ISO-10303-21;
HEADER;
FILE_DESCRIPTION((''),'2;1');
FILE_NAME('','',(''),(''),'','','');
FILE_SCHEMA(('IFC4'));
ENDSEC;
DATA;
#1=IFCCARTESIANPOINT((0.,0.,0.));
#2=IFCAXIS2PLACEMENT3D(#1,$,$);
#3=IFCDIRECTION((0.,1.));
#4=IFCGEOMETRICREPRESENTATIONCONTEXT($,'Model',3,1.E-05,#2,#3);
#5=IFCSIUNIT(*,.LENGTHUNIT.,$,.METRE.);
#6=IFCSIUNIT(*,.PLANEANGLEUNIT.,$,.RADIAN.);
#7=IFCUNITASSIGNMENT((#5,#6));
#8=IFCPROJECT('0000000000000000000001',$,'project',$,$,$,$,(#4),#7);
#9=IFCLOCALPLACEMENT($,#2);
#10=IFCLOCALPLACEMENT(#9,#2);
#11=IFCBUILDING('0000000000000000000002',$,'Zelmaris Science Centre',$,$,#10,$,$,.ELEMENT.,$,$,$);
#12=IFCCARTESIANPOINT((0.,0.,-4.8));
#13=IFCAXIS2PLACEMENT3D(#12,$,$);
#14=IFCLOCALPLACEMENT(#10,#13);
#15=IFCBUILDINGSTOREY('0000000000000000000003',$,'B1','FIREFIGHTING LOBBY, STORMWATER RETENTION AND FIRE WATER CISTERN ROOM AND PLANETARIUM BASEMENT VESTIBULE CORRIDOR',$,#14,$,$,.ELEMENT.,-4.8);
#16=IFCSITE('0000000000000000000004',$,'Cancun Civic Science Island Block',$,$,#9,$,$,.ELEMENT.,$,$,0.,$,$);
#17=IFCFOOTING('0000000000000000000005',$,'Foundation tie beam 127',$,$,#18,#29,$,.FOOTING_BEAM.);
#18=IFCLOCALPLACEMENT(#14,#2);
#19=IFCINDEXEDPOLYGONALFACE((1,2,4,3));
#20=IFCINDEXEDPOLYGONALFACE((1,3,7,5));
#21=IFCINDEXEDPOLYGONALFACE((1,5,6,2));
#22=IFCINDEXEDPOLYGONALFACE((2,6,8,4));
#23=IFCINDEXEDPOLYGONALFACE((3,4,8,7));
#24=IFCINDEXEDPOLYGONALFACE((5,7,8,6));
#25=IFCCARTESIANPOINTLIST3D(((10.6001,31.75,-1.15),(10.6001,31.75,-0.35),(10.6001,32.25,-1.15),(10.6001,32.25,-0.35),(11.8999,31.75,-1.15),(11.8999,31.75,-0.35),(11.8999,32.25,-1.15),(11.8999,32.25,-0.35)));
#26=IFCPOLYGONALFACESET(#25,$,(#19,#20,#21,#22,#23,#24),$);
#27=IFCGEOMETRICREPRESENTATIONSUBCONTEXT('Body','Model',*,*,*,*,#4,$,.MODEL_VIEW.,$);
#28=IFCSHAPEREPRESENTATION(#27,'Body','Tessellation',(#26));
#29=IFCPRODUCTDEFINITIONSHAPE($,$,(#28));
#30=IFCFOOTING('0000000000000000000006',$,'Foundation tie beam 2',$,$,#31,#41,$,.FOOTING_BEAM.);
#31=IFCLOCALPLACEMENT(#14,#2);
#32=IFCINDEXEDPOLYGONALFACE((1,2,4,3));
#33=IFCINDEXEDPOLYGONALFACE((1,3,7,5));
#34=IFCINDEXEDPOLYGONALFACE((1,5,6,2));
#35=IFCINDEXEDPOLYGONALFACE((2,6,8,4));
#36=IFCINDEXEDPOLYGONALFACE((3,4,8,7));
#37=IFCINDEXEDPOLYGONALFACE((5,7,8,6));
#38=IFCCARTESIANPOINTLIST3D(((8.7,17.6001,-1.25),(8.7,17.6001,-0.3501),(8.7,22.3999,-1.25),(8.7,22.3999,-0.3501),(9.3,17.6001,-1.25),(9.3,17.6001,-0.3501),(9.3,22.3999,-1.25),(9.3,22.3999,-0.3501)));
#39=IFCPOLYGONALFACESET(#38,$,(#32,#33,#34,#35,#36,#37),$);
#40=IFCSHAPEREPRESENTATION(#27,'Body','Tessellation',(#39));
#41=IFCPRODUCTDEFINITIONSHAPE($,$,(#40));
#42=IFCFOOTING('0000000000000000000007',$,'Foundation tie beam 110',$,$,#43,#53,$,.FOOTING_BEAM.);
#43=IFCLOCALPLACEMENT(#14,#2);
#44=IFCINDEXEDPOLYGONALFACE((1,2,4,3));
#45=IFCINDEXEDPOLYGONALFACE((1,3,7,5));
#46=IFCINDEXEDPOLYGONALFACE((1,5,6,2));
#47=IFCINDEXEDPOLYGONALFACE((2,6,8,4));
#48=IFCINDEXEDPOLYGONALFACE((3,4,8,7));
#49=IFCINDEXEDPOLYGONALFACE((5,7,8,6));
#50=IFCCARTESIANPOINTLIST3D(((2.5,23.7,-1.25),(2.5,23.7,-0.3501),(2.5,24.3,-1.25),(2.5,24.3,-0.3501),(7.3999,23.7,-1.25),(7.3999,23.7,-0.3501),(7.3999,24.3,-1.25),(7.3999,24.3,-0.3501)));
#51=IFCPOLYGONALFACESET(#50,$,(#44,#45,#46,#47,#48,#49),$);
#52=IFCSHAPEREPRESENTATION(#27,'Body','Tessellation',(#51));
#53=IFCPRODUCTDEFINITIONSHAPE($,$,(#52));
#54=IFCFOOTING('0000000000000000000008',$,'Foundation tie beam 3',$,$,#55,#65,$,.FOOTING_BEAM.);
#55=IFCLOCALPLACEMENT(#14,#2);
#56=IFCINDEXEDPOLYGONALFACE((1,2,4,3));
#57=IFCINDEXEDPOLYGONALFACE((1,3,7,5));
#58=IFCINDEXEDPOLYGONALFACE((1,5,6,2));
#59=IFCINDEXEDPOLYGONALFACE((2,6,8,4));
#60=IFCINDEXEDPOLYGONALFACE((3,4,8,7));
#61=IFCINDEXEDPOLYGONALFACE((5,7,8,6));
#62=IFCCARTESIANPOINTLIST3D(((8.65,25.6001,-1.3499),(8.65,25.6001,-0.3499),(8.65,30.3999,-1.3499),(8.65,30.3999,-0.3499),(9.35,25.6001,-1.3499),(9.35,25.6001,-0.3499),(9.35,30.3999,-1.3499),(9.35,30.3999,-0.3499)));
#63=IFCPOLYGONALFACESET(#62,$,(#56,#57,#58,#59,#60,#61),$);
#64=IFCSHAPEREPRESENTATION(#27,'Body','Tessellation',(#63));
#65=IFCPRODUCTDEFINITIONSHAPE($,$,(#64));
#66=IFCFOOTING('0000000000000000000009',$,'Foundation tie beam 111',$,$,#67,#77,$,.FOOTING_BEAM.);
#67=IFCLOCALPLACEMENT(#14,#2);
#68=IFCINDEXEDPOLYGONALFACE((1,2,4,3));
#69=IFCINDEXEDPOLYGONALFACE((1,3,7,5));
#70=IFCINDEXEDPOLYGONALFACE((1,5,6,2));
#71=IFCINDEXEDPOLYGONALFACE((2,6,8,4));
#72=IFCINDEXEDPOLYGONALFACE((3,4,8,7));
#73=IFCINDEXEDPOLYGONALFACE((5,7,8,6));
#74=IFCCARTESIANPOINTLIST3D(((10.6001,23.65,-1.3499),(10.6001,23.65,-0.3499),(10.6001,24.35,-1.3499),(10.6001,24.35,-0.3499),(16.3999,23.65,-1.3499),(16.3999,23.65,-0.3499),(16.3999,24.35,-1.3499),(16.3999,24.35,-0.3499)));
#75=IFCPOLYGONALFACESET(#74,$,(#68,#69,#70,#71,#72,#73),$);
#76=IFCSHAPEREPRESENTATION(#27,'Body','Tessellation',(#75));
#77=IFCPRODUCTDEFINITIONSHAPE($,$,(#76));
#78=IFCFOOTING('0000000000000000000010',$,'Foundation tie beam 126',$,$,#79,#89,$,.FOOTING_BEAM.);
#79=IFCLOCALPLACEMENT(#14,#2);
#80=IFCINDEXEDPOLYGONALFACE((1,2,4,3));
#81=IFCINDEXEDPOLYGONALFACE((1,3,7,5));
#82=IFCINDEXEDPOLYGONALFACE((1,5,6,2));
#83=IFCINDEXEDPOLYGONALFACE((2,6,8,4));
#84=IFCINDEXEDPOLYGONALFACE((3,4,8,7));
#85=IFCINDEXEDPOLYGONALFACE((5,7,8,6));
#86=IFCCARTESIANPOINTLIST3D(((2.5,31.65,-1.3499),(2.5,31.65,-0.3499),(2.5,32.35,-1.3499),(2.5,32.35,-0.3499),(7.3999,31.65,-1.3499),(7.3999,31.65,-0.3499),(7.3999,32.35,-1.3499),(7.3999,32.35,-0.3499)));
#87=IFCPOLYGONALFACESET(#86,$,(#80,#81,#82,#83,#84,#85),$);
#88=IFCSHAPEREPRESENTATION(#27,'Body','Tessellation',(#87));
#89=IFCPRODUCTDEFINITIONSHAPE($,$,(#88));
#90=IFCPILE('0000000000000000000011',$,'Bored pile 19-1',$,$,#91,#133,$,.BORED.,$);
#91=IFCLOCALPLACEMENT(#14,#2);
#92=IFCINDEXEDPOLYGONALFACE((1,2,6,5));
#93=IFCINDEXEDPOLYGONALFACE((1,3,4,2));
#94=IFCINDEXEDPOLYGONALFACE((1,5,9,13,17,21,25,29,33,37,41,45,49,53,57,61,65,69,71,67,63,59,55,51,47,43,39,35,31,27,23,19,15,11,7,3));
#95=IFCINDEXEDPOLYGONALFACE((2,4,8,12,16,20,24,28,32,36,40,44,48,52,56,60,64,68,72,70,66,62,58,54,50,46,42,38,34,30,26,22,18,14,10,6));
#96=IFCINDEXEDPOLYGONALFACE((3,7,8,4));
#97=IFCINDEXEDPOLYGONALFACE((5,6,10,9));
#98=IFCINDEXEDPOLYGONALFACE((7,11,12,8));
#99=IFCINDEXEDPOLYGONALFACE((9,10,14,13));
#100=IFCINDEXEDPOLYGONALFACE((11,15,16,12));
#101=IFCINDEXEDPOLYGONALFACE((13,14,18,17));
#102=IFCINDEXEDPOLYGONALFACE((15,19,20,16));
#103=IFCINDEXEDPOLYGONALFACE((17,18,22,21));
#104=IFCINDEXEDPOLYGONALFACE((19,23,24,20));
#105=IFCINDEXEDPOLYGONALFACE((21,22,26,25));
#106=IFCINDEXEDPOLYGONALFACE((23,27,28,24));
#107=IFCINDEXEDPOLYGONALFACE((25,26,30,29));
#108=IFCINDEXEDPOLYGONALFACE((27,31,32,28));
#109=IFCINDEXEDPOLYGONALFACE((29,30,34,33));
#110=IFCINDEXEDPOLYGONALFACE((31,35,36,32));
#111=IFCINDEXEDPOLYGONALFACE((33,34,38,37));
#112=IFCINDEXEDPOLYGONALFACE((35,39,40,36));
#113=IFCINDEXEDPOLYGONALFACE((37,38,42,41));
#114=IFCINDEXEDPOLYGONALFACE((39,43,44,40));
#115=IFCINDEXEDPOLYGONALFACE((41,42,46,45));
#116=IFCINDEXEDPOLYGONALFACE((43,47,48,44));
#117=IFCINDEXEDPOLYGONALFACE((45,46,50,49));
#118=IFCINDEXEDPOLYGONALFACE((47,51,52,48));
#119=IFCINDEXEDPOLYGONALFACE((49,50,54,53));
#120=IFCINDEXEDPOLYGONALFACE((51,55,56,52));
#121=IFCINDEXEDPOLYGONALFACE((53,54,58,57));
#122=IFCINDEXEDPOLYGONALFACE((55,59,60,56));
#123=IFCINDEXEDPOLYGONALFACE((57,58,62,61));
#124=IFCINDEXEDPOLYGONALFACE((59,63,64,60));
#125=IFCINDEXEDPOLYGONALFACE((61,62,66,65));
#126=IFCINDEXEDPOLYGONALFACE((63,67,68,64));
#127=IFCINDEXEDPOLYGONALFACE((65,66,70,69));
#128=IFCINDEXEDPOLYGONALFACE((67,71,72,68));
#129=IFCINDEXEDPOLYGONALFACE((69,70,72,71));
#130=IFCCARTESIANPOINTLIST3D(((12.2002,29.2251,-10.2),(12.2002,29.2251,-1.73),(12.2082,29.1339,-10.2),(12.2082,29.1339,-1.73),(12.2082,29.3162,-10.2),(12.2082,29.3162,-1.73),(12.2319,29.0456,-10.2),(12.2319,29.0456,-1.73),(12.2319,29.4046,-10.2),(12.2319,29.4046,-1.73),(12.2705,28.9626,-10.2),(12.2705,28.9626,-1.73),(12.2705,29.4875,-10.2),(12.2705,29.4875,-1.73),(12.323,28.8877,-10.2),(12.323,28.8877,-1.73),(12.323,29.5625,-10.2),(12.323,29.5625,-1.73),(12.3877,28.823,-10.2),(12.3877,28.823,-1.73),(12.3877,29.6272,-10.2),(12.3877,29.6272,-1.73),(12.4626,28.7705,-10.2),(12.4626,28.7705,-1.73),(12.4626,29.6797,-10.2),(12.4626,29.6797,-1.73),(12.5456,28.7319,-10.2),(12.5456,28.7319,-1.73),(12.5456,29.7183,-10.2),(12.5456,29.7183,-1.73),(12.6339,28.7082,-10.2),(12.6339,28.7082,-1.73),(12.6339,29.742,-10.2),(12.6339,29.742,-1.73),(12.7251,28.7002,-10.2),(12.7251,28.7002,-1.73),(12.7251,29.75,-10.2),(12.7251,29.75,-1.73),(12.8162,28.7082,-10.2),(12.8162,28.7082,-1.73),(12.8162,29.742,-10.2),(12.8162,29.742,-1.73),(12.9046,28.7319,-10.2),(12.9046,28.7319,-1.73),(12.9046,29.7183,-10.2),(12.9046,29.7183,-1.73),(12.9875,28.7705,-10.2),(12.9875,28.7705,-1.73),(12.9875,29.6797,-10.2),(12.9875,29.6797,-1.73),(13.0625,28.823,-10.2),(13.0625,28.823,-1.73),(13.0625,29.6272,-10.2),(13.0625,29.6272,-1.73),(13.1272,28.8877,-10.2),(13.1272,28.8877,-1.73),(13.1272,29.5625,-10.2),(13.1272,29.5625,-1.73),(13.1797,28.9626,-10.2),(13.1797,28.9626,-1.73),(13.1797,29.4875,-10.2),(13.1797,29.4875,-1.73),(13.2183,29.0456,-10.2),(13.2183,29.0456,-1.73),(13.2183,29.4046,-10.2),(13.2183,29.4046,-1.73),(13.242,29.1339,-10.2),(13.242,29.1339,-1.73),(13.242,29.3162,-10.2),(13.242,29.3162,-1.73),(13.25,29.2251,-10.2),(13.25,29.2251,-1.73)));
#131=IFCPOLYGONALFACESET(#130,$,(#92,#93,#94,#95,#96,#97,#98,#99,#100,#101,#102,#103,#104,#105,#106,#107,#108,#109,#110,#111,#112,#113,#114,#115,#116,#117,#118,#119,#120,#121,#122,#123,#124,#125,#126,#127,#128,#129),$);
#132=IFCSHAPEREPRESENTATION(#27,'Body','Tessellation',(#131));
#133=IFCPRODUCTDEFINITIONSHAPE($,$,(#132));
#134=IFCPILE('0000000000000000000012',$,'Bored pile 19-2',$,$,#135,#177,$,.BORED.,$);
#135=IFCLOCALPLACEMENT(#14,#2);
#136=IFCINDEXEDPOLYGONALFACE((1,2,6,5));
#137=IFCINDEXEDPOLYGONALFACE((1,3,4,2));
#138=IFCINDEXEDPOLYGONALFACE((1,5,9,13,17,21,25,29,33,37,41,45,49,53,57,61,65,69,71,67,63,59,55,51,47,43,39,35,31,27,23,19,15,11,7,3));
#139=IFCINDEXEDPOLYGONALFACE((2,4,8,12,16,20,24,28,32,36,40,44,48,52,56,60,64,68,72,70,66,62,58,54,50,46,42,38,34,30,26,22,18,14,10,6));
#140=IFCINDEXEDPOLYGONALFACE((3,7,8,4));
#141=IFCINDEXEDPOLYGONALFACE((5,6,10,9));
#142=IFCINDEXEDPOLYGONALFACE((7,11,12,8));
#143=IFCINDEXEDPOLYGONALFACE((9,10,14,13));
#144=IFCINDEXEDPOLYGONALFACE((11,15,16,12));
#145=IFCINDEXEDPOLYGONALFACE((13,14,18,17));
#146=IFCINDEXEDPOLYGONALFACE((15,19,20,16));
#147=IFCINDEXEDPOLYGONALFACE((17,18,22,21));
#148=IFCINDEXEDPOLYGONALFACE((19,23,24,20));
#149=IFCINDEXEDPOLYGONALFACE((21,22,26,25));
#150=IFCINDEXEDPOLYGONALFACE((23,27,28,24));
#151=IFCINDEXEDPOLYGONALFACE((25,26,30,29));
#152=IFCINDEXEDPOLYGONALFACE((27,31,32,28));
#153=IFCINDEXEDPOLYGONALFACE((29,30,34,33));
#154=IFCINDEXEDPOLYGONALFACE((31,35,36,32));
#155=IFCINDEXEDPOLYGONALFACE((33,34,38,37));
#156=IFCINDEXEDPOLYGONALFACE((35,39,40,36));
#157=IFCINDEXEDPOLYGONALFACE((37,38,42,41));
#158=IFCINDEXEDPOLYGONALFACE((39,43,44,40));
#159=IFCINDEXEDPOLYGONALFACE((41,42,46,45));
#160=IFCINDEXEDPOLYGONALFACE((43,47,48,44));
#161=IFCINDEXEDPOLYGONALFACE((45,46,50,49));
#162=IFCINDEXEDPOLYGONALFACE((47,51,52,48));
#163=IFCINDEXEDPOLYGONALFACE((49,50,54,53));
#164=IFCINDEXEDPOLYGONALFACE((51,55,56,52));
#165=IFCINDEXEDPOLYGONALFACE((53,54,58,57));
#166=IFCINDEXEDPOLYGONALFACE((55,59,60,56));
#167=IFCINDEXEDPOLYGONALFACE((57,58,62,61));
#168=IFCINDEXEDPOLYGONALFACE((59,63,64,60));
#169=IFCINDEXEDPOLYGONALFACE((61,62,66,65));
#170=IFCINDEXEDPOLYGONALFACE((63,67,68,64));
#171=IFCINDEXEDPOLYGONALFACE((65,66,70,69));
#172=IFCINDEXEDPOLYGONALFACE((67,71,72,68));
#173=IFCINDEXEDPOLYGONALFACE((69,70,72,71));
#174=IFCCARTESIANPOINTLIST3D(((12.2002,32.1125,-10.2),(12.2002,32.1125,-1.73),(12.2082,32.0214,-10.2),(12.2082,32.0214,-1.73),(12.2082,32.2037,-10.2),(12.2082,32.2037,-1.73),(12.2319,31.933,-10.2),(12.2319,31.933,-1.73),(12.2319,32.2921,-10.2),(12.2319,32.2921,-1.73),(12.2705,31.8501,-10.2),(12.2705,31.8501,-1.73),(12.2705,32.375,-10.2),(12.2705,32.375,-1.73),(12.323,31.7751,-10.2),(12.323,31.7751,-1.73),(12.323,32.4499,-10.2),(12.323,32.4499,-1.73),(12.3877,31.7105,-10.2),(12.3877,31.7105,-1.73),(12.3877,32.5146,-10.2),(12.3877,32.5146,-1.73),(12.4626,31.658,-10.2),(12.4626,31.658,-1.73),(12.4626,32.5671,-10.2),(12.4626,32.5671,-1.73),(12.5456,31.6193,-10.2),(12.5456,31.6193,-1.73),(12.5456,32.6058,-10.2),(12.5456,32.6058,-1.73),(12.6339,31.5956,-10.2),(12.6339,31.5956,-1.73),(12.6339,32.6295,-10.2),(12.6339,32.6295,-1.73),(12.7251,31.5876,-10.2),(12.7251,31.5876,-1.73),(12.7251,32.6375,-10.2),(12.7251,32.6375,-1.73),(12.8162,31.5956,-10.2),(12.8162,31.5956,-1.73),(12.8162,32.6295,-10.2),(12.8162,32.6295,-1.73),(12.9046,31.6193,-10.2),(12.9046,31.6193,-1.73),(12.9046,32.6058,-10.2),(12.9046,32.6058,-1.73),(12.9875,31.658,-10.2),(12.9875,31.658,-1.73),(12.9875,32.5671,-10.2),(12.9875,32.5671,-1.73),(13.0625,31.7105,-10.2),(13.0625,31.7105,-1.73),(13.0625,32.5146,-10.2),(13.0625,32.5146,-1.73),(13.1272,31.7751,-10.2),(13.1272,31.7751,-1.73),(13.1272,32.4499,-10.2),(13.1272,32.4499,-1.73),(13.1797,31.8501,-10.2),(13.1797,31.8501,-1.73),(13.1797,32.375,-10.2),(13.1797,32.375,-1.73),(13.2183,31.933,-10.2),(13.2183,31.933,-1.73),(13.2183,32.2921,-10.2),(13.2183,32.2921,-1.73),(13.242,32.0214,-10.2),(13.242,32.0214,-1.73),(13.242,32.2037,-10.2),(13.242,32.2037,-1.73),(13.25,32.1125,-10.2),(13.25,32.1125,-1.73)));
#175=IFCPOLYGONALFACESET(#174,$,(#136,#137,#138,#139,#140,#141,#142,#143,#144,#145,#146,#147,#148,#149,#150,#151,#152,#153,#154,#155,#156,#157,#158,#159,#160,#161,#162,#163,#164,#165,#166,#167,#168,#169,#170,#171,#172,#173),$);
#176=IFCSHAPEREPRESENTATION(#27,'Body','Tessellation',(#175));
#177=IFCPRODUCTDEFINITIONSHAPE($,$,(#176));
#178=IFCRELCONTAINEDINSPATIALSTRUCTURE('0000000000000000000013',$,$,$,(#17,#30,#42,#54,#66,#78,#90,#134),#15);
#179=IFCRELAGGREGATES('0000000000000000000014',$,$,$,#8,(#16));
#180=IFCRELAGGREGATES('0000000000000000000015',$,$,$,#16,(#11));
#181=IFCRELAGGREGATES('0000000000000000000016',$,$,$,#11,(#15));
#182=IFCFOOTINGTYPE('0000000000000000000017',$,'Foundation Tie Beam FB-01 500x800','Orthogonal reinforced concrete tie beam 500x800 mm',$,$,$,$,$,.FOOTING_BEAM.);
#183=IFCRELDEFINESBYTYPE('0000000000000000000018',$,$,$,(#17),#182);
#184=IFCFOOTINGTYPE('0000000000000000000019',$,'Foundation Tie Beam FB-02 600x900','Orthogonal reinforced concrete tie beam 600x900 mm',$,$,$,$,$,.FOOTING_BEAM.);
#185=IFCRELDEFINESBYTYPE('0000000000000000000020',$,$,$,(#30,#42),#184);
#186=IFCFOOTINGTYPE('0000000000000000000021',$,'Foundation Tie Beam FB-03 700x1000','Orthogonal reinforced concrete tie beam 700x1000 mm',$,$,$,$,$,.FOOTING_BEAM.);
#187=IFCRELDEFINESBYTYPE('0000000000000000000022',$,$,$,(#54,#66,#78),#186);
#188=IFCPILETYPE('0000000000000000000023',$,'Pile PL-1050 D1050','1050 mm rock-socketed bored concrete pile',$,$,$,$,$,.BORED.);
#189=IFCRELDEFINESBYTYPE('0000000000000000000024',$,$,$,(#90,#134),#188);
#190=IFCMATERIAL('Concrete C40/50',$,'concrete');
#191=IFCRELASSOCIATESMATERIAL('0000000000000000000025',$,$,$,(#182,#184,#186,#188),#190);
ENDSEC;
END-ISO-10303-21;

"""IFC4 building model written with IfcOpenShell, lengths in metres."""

from ifc_helpers import new_model, si_unit, direction, frame, origin, origin_2d, place, context, subcontext, project, spatial, rectangle, circle, extrude, material, material_profile, profile_set, type_object, element, save


model = new_model("IFC4")

# Units and contexts
model_context = context("Model", 3, precision=1e-05, world=origin(), true_north=direction((0.0, 1.0)))
body_context = subcontext(model_context, "Body", "Model", "MODEL_VIEW")
ifc_project = project(units=[si_unit("LENGTHUNIT", "METRE"), si_unit("PLANEANGLEUNIT", "RADIAN")], contexts=[model_context])

# Site, building, storey
site_placement = place(None, origin())
site = spatial("IfcSite", under=ifc_project, at=site_placement, Name="Cancun Civic Science Island Block", CompositionType="ELEMENT", RefElevation=0.0)
building_placement = place(site_placement, origin())
building = spatial("IfcBuilding", under=site, at=building_placement, Name="Zelmaris Science Centre", CompositionType="ELEMENT")
storey_placement = place(building_placement, frame((0.0, 0.0, -4.8)))
storey = spatial("IfcBuildingStorey", under=building, at=storey_placement, Name="B1", Description="FIREFIGHTING LOBBY, STORMWATER RETENTION AND FIRE WATER CISTERN ROOM AND PLANETARIUM BASEMENT VESTIBULE CORRIDOR", CompositionType="ELEMENT", Elevation=-4.8)

# Footings
ifc_material_1 = material(Name="Concrete C40/50", Category="concrete")
ifc_material_profile_1 = material_profile(ifc_material_1, rectangle(XDim=0.5, YDim=0.8, at=origin_2d()), Name="FB-500X800")
ifc_profile_set_1 = profile_set([ifc_material_profile_1], Name="Concrete C40/50")
footing_type_1 = type_object("IfcFootingType", Name="Foundation Tie Beam FB-01 500x800", Description="Orthogonal reinforced concrete tie beam 500x800 mm", PredefinedType="FOOTING_BEAM", material=ifc_profile_set_1)
footing_1_placement = place(storey_placement, frame((10.6001, 32.0, -0.75), z_axis=(1.0, 0.0, 0.0), x_axis=(0.0, 1.0, 0.0)))
element("IfcFooting", 1, at=footing_1_placement, inside=storey, type_object=footing_type_1, Name="Foundation tie beam 127", PredefinedType="FOOTING_BEAM", context=body_context, shape_type="SweptSolid", body=[
    extrude(rectangle(XDim=0.5, YDim=0.8, at=origin_2d()), origin(), (0.0, 0.0, 1.0), 1.2998),
])
ifc_material_profile_2 = material_profile(ifc_material_1, rectangle(XDim=0.6001, YDim=0.8999, at=origin_2d()), Name="FB-600X900")
ifc_profile_set_2 = profile_set([ifc_material_profile_2], Name="Concrete C40/50")
footing_type_2 = type_object("IfcFootingType", Name="Foundation Tie Beam FB-02 600x900", Description="Orthogonal reinforced concrete tie beam 600x900 mm", PredefinedType="FOOTING_BEAM", material=ifc_profile_set_2)
footing_2_placement = place(storey_placement, frame((9.0, 17.6001, -0.8), z_axis=(0.0, 1.0, 0.0), x_axis=(-1.0, 0.0, 0.0)))
element("IfcFooting", 2, at=footing_2_placement, inside=storey, type_object=footing_type_2, Name="Foundation tie beam 2", PredefinedType="FOOTING_BEAM", context=body_context, shape_type="SweptSolid", body=[
    extrude(rectangle(XDim=0.6001, YDim=0.8999, at=origin_2d()), origin(), (0.0, 0.0, 1.0), 4.7998),
])
footing_3_placement = place(storey_placement, frame((2.5, 24.0, -0.8), z_axis=(1.0, 0.0, 0.0), x_axis=(0.0, 1.0, 0.0)))
element("IfcFooting", 3, at=footing_3_placement, inside=storey, type_object=footing_type_2, Name="Foundation tie beam 110", PredefinedType="FOOTING_BEAM", context=body_context, shape_type="SweptSolid", body=[
    extrude(rectangle(XDim=0.6001, YDim=0.8999, at=origin_2d()), origin(), (0.0, 0.0, 1.0), 4.8999),
])
ifc_material_profile_3 = material_profile(ifc_material_1, rectangle(XDim=0.7, YDim=1.0, at=origin_2d()), Name="FB-700X1000")
ifc_profile_set_3 = profile_set([ifc_material_profile_3], Name="Concrete C40/50")
footing_type_3 = type_object("IfcFootingType", Name="Foundation Tie Beam FB-03 700x1000", Description="Orthogonal reinforced concrete tie beam 700x1000 mm", PredefinedType="FOOTING_BEAM", material=ifc_profile_set_3)
footing_4_placement = place(storey_placement, frame((9.0, 25.6001, -0.8499), z_axis=(0.0, 1.0, 0.0), x_axis=(-1.0, 0.0, 0.0)))
element("IfcFooting", 4, at=footing_4_placement, inside=storey, type_object=footing_type_3, Name="Foundation tie beam 3", PredefinedType="FOOTING_BEAM", context=body_context, shape_type="SweptSolid", body=[
    extrude(rectangle(XDim=0.7, YDim=1.0, at=origin_2d()), origin(), (0.0, 0.0, 1.0), 4.7998),
])
footing_5_placement = place(storey_placement, frame((10.6001, 24.0, -0.8499), z_axis=(1.0, 0.0, 0.0), x_axis=(0.0, 1.0, 0.0)))
element("IfcFooting", 5, at=footing_5_placement, inside=storey, type_object=footing_type_3, Name="Foundation tie beam 111", PredefinedType="FOOTING_BEAM", context=body_context, shape_type="SweptSolid", body=[
    extrude(rectangle(XDim=0.7, YDim=1.0, at=origin_2d()), origin(), (0.0, 0.0, 1.0), 5.7998),
])
footing_6_placement = place(storey_placement, frame((2.5, 32.0, -0.8499), z_axis=(1.0, 0.0, 0.0), x_axis=(0.0, 1.0, 0.0)))
element("IfcFooting", 6, at=footing_6_placement, inside=storey, type_object=footing_type_3, Name="Foundation tie beam 126", PredefinedType="FOOTING_BEAM", context=body_context, shape_type="SweptSolid", body=[
    extrude(rectangle(XDim=0.7, YDim=1.0, at=origin_2d()), origin(), (0.0, 0.0, 1.0), 4.8999),
])

# Piles
ifc_material_profile_4 = material_profile(ifc_material_1, circle(Radius=0.5249, at=origin_2d()), Name="PILE-1050")
ifc_profile_set_4 = profile_set([ifc_material_profile_4], Name="Concrete C40/50")
pile_type_1 = type_object("IfcPileType", Name="Pile PL-1050 D1050", Description="1050 mm rock-socketed bored concrete pile", PredefinedType="BORED", material=ifc_profile_set_4)
for number, where, z_axis, x_axis, name in (
    (7, (12.7251, 29.2251, -1.73), (0.0, 0.0, -1.0), (1.0, 0.0, 0.0), "Bored pile 19-1"),
    (8, (12.7251, 32.1125, -1.73), (0.0, 0.0, -1.0), (1.0, 0.0, 0.0), "Bored pile 19-2"),
):
    element("IfcPile", number, at=place(storey_placement, frame(where, z_axis=z_axis, x_axis=x_axis)), inside=storey, type_object=pile_type_1, Name=name, PredefinedType="BORED", context=body_context, shape_type="SweptSolid", body=[
        extrude(circle(Radius=0.5249, at=origin_2d()), origin(), (0.0, 0.0, 1.0), 8.47),
    ])

save(model, "model.ifc")
